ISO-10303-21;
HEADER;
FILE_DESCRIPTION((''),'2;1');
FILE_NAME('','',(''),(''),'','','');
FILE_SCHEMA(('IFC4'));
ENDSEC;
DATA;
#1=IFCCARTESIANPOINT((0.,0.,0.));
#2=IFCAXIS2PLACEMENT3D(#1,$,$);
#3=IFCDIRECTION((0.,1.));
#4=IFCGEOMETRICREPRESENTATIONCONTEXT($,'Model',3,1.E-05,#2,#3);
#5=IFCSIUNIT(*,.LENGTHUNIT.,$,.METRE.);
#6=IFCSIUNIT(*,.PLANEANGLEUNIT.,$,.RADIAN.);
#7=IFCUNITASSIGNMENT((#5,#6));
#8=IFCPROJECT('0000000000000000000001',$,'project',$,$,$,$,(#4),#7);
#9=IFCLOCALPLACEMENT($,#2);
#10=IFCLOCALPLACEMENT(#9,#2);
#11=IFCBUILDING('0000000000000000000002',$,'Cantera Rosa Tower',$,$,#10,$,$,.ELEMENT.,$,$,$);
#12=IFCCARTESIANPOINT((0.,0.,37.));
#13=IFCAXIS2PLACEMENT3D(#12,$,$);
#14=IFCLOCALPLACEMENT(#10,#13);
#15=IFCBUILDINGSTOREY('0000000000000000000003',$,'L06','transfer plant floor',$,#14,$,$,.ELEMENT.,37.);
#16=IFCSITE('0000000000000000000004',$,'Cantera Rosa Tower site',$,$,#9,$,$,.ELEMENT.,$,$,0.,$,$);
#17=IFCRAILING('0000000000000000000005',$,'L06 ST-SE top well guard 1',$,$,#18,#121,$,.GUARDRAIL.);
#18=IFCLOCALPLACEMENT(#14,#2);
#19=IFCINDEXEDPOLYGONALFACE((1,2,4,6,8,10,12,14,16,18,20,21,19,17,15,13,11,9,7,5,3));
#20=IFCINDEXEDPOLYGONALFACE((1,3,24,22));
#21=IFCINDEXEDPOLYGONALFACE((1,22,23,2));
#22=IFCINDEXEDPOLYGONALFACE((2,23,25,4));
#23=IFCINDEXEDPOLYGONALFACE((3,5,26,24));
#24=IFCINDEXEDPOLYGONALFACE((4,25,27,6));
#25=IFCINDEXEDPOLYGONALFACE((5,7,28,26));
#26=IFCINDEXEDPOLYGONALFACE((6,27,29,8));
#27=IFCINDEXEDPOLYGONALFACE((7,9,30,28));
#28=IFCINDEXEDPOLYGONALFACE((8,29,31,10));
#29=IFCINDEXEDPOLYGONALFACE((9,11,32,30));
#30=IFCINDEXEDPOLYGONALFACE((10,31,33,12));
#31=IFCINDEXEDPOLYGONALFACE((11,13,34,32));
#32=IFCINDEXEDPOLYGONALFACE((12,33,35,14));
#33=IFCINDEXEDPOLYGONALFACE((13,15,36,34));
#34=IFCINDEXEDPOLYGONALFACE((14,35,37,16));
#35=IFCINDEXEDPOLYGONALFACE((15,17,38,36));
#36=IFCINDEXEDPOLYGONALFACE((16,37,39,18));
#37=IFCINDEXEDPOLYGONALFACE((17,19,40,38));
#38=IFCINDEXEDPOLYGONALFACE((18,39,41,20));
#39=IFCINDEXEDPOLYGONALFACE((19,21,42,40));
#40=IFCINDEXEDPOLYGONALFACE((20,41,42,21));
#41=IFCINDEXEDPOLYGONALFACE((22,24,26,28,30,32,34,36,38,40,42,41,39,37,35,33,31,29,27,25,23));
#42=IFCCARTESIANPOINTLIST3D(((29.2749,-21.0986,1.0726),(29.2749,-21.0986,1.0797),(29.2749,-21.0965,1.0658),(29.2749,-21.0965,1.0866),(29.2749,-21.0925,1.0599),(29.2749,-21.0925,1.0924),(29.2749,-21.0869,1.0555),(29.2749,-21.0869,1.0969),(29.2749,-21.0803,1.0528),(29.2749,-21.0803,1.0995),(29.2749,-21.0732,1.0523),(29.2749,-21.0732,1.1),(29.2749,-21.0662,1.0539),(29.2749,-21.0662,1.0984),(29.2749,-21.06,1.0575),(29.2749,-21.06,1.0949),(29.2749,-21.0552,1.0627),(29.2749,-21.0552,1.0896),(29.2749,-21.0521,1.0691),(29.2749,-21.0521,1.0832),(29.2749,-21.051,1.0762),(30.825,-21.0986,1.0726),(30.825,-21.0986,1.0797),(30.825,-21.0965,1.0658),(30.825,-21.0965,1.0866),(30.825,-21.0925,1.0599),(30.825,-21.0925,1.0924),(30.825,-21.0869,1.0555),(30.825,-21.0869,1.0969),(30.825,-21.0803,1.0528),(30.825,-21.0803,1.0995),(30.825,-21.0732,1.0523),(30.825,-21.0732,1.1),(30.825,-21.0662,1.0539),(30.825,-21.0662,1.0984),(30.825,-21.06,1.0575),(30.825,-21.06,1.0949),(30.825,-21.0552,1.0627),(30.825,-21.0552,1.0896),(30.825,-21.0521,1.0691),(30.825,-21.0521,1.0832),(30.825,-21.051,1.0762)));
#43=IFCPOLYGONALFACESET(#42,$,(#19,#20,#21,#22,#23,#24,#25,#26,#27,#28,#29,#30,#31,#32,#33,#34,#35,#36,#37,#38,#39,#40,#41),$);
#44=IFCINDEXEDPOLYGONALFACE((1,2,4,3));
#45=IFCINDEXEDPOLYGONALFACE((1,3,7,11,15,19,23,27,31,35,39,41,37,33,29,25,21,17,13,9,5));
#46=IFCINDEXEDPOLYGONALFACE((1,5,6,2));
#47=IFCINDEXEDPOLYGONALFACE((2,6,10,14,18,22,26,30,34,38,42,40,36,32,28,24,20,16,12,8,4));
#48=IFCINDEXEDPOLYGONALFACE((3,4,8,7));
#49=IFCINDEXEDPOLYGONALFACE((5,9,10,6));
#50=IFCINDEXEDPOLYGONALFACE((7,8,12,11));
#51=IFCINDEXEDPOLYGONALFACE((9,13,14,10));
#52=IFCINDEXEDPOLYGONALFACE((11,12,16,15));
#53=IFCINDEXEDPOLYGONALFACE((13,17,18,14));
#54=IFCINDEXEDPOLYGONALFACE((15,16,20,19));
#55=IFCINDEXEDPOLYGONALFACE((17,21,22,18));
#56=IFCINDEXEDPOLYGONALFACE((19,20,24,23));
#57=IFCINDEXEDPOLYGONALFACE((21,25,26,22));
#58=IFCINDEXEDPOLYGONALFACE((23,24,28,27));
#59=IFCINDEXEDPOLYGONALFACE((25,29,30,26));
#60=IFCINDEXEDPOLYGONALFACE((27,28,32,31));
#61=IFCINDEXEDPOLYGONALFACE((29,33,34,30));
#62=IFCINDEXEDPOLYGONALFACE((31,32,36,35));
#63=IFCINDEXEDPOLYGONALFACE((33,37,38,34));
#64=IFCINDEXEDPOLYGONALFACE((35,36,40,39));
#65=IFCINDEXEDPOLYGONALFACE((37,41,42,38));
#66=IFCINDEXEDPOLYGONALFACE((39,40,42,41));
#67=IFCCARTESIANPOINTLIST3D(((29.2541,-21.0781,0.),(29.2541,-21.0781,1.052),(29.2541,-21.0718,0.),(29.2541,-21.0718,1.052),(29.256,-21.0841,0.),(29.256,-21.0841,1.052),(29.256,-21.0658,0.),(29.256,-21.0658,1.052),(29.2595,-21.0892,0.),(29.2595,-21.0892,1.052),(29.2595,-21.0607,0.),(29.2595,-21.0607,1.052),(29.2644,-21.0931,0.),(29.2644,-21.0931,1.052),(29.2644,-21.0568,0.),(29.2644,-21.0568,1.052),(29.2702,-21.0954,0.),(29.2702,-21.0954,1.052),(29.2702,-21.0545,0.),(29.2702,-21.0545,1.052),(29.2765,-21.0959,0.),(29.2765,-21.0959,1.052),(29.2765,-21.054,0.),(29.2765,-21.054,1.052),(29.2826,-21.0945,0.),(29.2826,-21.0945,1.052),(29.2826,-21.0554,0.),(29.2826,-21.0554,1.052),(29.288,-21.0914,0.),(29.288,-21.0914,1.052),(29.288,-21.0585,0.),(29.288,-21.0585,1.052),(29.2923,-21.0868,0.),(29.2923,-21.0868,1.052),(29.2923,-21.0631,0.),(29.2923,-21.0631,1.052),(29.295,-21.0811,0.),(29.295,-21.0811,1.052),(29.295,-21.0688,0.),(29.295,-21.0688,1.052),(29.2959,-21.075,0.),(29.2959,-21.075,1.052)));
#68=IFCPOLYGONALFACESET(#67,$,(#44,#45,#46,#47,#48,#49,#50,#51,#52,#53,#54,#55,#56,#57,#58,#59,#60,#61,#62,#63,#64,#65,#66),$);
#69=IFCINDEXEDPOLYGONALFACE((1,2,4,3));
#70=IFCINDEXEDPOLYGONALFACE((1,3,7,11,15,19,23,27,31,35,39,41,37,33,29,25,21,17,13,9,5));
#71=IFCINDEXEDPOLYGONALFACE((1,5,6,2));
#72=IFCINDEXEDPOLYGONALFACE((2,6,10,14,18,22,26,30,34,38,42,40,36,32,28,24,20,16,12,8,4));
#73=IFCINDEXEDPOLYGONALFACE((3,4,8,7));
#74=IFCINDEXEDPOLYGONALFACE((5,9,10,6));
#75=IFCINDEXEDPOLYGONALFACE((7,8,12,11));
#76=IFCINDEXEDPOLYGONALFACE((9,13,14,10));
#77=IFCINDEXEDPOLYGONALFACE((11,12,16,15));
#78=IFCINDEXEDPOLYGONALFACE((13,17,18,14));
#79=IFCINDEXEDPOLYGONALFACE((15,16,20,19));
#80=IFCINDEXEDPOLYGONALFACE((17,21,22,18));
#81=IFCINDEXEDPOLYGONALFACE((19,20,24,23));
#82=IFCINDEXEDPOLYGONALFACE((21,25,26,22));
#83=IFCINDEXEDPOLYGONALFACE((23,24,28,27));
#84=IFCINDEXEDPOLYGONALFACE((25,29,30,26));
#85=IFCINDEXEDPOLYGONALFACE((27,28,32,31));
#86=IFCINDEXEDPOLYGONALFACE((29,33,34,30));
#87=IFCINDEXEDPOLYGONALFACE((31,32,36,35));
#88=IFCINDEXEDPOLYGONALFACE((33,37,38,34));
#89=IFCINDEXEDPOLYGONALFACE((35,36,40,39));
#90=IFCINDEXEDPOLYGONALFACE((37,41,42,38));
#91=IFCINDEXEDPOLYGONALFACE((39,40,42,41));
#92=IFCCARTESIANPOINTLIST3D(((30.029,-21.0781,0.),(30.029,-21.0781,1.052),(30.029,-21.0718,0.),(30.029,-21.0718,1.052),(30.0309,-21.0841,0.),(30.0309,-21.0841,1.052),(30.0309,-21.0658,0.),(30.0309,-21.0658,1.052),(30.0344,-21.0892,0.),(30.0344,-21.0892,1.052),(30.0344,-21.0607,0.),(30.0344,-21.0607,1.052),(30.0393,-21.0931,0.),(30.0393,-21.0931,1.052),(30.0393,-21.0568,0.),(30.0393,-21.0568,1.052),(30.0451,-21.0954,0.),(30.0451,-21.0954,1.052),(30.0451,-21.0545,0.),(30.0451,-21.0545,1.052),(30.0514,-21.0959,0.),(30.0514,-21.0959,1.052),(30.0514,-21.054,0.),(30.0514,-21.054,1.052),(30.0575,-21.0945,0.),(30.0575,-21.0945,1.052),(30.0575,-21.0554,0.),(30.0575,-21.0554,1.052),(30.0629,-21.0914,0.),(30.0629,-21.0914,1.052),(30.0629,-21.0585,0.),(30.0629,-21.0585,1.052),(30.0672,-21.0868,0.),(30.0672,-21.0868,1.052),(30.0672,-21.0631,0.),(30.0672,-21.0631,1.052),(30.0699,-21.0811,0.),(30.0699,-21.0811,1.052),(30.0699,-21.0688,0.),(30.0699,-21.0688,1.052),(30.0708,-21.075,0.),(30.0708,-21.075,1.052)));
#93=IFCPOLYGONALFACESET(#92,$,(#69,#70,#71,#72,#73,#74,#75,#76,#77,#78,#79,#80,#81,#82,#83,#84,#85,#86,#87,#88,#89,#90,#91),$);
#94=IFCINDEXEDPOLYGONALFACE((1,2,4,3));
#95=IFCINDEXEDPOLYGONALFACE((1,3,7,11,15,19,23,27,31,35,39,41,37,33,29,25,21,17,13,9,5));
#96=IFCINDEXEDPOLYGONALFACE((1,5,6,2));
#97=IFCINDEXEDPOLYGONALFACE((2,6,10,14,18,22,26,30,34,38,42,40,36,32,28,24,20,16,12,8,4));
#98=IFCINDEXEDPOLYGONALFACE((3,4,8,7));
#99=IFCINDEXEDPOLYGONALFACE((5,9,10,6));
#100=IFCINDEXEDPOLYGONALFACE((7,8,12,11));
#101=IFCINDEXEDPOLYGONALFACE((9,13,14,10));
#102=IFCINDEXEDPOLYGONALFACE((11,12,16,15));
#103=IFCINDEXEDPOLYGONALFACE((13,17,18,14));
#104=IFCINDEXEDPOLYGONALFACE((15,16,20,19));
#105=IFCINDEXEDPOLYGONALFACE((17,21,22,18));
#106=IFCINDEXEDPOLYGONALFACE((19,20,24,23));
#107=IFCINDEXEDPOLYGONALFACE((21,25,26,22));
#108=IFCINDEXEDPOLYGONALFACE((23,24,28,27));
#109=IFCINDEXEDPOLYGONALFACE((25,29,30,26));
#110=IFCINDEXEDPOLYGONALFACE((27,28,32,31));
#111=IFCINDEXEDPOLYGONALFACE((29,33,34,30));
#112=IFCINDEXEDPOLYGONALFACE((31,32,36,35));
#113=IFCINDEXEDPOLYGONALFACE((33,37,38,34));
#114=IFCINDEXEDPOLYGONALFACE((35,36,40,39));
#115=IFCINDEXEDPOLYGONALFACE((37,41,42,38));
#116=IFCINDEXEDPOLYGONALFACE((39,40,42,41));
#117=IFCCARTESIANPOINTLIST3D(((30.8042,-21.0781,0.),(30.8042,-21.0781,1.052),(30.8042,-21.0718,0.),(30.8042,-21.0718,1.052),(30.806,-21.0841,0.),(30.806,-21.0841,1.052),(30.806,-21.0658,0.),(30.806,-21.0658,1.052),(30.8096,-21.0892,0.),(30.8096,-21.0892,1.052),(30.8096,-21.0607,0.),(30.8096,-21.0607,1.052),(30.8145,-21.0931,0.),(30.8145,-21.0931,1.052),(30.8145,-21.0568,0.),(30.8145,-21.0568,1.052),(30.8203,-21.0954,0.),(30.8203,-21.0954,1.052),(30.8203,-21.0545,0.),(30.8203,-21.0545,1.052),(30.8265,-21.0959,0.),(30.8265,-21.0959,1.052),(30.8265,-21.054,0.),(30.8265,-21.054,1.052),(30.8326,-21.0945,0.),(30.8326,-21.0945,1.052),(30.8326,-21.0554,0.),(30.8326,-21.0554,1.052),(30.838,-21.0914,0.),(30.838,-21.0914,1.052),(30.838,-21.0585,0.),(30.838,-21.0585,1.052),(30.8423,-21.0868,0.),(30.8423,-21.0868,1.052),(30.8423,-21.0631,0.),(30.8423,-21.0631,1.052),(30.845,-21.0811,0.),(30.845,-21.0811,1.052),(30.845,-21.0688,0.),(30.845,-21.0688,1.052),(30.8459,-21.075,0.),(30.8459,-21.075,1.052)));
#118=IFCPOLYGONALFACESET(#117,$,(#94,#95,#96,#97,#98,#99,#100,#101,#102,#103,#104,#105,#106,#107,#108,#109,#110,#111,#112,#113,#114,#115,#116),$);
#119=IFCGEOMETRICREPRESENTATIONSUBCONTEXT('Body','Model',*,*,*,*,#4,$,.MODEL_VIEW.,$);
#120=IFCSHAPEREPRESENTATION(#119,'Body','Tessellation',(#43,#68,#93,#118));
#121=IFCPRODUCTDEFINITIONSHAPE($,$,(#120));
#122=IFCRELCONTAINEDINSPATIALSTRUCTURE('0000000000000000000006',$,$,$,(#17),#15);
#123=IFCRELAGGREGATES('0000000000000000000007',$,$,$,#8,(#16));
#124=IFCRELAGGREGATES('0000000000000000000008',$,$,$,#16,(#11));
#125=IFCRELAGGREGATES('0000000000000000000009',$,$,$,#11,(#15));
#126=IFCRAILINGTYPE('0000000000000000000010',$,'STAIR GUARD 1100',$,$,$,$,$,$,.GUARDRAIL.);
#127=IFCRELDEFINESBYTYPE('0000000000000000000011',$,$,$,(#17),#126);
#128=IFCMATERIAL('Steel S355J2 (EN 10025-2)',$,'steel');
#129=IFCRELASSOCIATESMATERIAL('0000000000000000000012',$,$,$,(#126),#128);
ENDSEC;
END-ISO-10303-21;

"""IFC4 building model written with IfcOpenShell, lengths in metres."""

from ifc_helpers import new_model, si_unit, direction, frame, origin, origin_2d, place, context, subcontext, project, spatial, circle, extrude, material, type_object, element, save


model = new_model("IFC4")

# Units and contexts
model_context = context("Model", 3, precision=1e-05, world=origin(), true_north=direction((0.0, 1.0)))
body_context = subcontext(model_context, "Body", "Model", "MODEL_VIEW")
ifc_project = project(units=[si_unit("LENGTHUNIT", "METRE"), si_unit("PLANEANGLEUNIT", "RADIAN")], contexts=[model_context])

# Site, building, storey
site_placement = place(None, origin())
site = spatial("IfcSite", under=ifc_project, at=site_placement, Name="Cantera Rosa Tower site", CompositionType="ELEMENT", RefElevation=0.0)
building_placement = place(site_placement, origin())
building = spatial("IfcBuilding", under=site, at=building_placement, Name="Cantera Rosa Tower", CompositionType="ELEMENT")
storey_placement = place(building_placement, frame((0.0, 0.0, 37.0)))
storey = spatial("IfcBuildingStorey", under=building, at=storey_placement, Name="L06", Description="transfer plant floor", CompositionType="ELEMENT", Elevation=37.0)

# Railing
ifc_material_1 = material(Name="Steel S355J2 (EN 10025-2)", Category="steel")
railing_type = type_object("IfcRailingType", Name="STAIR GUARD 1100", PredefinedType="GUARDRAIL", material=ifc_material_1)
railing_1_placement = place(storey_placement, frame((29.2749, -21.075, 0.0)))
element("IfcRailing", 1, at=railing_1_placement, inside=storey, type_object=railing_type, Name="L06 ST-SE top well guard 1", PredefinedType="GUARDRAIL", context=body_context, shape_type="SweptSolid", body=[
    extrude(circle(Radius=0.0239, at=origin_2d()), frame((0.0, 0.0, 1.0762), z_axis=(1.0, 0.0, 0.0), x_axis=(0.0, 1.0, 0.0)), (0.0, 0.0, 1.0), 1.55),
    extrude(circle(Radius=0.021, at=origin_2d()), origin(), (0.0, 0.0, 1.0), 1.052),
    extrude(circle(Radius=0.021, at=origin_2d()), frame((0.7749, 0.0, 0.0)), (0.0, 0.0, 1.0), 1.052),
    extrude(circle(Radius=0.021, at=origin_2d()), frame((1.55, 0.0, 0.0)), (0.0, 0.0, 1.0), 1.052),
])

save(model, "model.ifc")
